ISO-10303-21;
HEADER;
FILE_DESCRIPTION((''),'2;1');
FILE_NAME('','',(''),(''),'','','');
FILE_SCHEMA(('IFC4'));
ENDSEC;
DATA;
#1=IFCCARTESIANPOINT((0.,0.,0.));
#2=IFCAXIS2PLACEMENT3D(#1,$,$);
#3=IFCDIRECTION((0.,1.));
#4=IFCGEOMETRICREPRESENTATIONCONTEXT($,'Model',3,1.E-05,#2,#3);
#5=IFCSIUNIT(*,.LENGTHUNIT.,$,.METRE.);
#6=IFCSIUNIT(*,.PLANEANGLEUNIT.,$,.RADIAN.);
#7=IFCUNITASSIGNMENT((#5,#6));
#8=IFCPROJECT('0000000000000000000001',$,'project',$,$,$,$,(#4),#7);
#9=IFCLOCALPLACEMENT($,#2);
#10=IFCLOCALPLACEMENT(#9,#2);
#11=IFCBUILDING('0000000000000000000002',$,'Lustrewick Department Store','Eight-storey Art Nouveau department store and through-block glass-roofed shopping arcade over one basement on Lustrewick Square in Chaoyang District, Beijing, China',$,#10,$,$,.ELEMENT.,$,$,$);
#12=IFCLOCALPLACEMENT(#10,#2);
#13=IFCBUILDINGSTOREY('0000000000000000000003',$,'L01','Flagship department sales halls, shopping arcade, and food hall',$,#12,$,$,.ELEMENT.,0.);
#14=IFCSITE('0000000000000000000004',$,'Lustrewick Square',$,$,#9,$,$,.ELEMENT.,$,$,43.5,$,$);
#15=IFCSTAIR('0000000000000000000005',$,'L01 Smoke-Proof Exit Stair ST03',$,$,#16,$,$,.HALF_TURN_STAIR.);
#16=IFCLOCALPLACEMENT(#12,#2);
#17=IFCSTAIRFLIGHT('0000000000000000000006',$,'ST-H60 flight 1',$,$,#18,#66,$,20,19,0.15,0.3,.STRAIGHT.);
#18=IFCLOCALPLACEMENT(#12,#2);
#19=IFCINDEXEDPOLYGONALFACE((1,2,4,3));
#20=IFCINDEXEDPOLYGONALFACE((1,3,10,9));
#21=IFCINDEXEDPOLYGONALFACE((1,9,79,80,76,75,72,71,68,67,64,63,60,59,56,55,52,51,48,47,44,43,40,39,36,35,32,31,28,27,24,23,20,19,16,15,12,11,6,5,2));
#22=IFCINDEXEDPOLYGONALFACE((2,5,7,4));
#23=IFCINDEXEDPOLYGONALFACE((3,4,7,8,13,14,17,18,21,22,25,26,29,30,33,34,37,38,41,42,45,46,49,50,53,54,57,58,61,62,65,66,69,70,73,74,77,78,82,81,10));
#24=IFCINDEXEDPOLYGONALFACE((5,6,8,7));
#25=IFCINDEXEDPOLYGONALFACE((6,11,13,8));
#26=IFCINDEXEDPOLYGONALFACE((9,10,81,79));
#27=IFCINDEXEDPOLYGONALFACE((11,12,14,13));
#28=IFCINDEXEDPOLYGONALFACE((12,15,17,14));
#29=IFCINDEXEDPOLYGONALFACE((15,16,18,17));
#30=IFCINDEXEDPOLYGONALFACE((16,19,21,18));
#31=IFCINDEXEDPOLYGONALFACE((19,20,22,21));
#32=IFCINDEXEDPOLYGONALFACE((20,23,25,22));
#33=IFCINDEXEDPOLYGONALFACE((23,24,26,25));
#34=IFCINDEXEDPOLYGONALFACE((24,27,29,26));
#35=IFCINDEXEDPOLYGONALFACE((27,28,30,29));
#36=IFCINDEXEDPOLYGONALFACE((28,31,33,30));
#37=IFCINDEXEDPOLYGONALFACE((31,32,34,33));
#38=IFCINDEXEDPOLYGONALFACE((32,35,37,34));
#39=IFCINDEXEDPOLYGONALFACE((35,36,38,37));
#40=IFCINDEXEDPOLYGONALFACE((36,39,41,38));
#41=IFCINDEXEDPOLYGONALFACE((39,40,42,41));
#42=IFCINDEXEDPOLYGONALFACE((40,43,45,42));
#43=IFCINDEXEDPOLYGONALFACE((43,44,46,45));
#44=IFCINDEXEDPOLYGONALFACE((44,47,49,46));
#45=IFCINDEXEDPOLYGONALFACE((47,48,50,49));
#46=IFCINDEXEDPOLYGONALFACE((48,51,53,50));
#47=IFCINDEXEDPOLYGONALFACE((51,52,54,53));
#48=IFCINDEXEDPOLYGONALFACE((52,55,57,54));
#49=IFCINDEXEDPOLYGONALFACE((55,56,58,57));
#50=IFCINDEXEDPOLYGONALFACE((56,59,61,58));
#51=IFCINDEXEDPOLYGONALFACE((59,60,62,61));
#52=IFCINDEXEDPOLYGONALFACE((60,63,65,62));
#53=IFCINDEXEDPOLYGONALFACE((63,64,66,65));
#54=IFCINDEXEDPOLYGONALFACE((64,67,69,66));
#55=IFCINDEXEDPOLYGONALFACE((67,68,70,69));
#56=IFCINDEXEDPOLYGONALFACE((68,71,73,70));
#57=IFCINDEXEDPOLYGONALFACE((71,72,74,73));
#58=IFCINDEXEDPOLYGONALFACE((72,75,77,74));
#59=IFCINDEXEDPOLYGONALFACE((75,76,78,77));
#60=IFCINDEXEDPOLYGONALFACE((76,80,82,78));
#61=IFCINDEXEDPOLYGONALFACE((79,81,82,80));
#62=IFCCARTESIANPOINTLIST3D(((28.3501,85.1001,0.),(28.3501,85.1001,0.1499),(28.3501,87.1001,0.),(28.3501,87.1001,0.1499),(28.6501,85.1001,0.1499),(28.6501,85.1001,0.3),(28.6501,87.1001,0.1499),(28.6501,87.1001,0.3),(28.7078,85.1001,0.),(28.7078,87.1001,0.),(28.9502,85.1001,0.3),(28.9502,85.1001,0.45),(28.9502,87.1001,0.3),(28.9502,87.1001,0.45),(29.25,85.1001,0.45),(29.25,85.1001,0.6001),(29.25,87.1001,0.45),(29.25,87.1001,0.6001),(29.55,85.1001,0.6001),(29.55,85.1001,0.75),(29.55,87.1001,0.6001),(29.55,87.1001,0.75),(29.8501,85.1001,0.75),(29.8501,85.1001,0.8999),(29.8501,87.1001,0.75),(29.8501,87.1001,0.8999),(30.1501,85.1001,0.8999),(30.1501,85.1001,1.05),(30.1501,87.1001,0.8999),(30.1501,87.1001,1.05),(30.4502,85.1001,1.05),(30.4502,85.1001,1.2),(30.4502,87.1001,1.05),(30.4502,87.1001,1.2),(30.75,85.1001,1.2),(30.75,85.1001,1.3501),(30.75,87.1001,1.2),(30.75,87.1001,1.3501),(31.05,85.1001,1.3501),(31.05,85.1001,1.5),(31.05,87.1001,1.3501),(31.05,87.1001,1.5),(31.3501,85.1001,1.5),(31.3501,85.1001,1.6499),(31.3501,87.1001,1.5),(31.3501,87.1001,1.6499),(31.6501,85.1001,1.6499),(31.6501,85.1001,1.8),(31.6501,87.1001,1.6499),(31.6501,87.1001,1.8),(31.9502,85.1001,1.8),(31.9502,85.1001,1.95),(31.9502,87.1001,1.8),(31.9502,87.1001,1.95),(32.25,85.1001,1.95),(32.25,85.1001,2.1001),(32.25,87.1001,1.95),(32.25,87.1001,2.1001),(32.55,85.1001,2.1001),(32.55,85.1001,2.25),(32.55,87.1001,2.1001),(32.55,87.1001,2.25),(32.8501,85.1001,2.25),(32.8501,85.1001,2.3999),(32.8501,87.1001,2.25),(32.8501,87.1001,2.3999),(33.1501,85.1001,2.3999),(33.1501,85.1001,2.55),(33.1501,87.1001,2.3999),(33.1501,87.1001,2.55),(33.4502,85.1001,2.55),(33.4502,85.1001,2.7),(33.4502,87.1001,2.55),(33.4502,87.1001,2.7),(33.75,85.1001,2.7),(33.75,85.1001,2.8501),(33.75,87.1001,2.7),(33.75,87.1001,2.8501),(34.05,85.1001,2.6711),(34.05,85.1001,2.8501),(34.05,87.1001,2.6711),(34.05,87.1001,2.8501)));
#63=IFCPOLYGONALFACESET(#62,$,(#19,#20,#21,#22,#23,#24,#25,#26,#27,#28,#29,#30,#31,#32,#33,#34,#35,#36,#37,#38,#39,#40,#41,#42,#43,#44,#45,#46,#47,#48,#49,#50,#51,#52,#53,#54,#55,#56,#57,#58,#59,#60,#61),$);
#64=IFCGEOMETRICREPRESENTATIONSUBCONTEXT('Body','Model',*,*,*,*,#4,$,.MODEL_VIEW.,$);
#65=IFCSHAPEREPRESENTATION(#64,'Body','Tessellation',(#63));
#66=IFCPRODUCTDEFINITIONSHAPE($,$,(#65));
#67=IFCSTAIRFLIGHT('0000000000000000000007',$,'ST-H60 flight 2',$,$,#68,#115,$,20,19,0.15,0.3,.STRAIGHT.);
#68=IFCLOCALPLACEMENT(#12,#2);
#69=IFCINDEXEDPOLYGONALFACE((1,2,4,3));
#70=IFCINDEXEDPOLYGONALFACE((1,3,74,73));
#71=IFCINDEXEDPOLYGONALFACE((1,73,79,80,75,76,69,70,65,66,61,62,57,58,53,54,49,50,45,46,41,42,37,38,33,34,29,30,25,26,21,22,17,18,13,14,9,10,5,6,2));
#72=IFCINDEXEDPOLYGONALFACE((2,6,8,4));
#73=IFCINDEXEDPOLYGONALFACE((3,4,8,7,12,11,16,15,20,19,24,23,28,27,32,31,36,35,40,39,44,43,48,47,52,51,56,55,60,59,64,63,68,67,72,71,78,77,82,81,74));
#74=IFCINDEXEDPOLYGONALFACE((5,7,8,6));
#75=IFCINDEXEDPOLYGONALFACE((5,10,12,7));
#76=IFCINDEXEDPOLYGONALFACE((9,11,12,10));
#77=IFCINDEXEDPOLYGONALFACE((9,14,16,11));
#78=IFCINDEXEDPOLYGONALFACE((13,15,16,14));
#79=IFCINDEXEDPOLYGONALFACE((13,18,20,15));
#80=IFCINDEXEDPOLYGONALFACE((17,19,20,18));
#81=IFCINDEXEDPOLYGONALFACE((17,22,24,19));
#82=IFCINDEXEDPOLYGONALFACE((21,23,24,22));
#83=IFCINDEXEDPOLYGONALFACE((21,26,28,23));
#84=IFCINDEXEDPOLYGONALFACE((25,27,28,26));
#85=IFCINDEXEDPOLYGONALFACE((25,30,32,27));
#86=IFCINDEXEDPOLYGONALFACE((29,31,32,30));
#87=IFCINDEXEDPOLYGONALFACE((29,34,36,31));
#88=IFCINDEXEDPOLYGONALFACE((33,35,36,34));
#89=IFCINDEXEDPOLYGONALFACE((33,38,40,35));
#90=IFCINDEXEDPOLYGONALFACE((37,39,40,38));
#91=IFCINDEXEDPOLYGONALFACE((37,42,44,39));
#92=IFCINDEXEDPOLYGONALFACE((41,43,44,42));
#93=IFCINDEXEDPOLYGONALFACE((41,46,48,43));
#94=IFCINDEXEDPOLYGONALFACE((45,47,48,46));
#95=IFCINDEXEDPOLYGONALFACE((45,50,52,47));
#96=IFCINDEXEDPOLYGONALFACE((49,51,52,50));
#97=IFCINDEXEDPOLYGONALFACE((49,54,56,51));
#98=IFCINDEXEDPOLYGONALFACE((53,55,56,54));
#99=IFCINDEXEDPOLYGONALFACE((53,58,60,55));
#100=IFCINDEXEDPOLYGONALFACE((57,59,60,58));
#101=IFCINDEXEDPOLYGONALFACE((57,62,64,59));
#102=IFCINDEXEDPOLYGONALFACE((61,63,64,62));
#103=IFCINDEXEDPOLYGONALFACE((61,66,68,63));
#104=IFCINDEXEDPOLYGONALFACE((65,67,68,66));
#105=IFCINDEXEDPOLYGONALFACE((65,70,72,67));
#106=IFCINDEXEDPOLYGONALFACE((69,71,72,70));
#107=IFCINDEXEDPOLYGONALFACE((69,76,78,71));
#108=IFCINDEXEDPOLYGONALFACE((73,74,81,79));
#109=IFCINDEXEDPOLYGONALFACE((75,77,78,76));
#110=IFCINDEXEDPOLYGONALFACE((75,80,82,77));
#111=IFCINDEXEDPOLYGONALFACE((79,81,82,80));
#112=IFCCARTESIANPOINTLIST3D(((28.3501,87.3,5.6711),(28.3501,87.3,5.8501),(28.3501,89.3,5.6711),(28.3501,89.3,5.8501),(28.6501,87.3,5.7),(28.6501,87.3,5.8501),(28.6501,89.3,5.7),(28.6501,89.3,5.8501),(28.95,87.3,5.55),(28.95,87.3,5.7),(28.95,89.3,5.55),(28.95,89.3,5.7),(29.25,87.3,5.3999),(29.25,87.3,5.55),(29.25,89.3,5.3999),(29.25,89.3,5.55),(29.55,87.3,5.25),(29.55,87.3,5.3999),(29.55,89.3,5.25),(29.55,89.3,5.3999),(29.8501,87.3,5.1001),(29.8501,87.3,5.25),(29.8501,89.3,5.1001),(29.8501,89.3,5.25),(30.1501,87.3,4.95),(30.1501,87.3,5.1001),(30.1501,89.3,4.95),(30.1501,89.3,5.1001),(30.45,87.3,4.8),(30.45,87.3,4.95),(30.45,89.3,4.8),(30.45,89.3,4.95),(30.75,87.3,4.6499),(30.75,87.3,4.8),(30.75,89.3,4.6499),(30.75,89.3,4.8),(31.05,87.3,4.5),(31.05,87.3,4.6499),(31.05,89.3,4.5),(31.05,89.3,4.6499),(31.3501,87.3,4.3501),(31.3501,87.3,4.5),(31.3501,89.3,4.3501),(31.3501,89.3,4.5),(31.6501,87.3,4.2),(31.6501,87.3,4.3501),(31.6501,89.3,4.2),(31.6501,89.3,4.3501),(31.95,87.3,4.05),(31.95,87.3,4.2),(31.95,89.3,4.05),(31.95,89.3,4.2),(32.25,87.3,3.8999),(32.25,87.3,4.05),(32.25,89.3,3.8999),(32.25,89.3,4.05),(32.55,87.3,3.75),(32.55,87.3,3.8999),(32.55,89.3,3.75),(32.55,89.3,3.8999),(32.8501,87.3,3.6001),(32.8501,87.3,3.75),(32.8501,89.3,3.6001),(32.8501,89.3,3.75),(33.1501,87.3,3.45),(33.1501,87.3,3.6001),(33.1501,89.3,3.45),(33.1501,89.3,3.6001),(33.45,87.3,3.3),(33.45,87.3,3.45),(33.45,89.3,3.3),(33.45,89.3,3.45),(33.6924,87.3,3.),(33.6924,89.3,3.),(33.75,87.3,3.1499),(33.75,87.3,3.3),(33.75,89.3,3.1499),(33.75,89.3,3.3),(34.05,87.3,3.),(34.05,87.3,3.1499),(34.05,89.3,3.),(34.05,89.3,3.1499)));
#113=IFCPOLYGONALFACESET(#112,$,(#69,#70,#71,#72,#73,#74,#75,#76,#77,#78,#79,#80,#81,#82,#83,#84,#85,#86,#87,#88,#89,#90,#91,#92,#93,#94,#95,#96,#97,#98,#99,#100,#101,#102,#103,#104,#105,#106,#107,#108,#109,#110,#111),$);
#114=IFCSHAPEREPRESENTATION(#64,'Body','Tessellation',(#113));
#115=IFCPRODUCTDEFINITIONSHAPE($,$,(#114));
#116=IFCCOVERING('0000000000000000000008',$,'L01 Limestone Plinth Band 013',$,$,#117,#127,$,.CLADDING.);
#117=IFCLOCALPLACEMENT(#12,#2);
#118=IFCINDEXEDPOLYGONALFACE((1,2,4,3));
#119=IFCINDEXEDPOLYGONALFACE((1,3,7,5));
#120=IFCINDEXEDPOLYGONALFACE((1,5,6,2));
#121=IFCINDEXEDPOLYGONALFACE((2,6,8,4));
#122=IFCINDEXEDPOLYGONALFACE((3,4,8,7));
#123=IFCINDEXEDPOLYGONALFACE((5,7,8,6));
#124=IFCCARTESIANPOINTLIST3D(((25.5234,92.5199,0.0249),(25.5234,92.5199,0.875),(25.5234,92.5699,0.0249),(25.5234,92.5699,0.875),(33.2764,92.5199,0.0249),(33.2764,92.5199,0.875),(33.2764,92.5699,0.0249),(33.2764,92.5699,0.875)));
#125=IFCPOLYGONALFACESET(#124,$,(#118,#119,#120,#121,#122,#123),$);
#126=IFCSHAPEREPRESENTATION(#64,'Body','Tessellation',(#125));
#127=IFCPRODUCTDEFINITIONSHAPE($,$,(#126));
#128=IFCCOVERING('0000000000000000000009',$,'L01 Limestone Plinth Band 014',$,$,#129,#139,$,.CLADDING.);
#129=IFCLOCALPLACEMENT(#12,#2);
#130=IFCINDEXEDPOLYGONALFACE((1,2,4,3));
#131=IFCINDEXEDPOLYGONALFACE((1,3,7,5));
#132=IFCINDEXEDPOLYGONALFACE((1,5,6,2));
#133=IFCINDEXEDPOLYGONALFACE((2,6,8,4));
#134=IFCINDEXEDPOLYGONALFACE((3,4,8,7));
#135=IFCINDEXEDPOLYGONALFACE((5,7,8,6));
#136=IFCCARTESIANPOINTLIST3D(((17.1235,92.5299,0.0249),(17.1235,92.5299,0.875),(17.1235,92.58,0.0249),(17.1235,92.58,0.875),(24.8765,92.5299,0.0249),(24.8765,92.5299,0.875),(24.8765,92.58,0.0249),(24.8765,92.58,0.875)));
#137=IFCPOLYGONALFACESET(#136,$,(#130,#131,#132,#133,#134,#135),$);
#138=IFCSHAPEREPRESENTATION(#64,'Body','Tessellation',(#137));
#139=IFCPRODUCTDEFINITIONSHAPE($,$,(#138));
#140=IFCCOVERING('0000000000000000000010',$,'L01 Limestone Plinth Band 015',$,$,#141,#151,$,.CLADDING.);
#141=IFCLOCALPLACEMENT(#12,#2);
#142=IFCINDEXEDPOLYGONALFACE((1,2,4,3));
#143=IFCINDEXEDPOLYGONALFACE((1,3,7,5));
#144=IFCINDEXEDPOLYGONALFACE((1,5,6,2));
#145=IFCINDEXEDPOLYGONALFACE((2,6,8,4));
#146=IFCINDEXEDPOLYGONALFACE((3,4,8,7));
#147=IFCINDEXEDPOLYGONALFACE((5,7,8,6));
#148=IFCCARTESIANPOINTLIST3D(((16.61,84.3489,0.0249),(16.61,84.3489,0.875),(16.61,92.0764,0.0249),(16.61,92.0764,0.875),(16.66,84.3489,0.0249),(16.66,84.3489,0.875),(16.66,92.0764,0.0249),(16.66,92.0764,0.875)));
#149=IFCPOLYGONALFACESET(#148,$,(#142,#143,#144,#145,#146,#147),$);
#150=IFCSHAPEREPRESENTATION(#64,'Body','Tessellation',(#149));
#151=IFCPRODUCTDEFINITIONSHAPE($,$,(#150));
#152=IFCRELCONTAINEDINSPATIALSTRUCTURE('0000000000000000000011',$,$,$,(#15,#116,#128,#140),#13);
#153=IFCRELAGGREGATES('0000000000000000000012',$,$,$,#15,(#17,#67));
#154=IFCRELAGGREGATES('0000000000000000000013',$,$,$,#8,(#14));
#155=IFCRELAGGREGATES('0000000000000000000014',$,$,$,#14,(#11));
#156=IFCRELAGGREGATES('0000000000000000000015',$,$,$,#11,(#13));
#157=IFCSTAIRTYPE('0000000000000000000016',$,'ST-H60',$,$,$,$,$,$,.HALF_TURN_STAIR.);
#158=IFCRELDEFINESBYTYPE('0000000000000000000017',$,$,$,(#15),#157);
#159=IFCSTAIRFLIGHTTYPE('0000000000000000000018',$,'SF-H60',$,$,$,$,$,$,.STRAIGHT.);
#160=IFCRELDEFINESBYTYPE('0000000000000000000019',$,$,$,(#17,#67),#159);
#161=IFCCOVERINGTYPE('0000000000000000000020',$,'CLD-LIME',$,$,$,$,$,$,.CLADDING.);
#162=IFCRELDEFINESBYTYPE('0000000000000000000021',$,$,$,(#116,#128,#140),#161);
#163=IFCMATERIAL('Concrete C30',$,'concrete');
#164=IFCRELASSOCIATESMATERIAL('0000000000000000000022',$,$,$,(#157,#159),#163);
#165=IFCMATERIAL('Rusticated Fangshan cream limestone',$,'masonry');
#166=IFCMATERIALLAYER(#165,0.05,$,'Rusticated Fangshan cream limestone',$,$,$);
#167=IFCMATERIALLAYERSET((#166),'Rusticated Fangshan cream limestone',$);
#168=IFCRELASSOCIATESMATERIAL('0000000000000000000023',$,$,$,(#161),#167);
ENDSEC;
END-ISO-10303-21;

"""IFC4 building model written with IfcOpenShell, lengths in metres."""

from ifc_helpers import new_model, si_unit, direction, frame, origin, origin_2d, place, context, subcontext, project, spatial, polyline, rectangle, outline, extrude, material, layer, layer_set, type_object, element, aggregate, save


model = new_model("IFC4")

# Units and contexts
model_context = context("Model", 3, precision=1e-05, world=origin(), true_north=direction((0.0, 1.0)))
body_context = subcontext(model_context, "Body", "Model", "MODEL_VIEW")
ifc_project = project(units=[si_unit("LENGTHUNIT", "METRE"), si_unit("PLANEANGLEUNIT", "RADIAN")], contexts=[model_context])

# Site, building, storey
site_placement = place(None, origin())
site = spatial("IfcSite", under=ifc_project, at=site_placement, Name="Lustrewick Square", CompositionType="ELEMENT", RefElevation=43.5)
building_placement = place(site_placement, origin())
building = spatial("IfcBuilding", under=site, at=building_placement, Name="Lustrewick Department Store", Description="Eight-storey Art Nouveau department store and through-block glass-roofed shopping arcade over one basement on Lustrewick Square in Chaoyang District, Beijing, China", CompositionType="ELEMENT")
storey_placement = place(building_placement, origin())
storey = spatial("IfcBuildingStorey", under=building, at=storey_placement, Name="L01", Description="Flagship department sales halls, shopping arcade, and food hall", CompositionType="ELEMENT", Elevation=0.0)

# Stair, stair flights
ifc_material_1 = material(Name="Concrete C30", Category="concrete")
stair_type = type_object("IfcStairType", Name="ST-H60", PredefinedType="HALF_TURN_STAIR", material=ifc_material_1)
stair_placement = place(storey_placement, origin())
stair = element("IfcStair", 1, at=stair_placement, inside=storey, type_object=stair_type, Name="L01 Smoke-Proof Exit Stair ST03", PredefinedType="HALF_TURN_STAIR")
stair_flight_type = type_object("IfcStairFlightType", Name="SF-H60", PredefinedType="STRAIGHT", material=ifc_material_1)
stair_flight_1_placement = place(storey_placement, frame((28.3501, 86.1001, 0.0), z_axis=(0.0, 0.0, 1.0), x_axis=(1.0, 0.0, 0.0)))
stair_flight_1 = element("IfcStairFlight", 2, at=stair_flight_1_placement, type_object=stair_flight_type, Name="ST-H60 flight 1", NumberOfRisers=20, NumberOfTreads=19, PredefinedType="STRAIGHT", RiserHeight=0.15, TreadLength=0.3, context=body_context, shape_type="SweptSolid", body=[
    extrude(outline(polyline([(0.0, 0.0), (0.0, 0.1499), (0.3, 0.1499), (0.3, 0.3), (0.6001, 0.3), (0.6001, 0.45), (0.8999, 0.45), (0.8999, 0.6001), (1.2, 0.6001), (1.2, 0.75), (1.5, 0.75), (1.5, 0.8999), (1.8, 0.8999), (1.8, 1.05), (2.1001, 1.05), (2.1001, 1.2), (2.3999, 1.2), (2.3999, 1.3501), (2.7, 1.3501), (2.7, 1.5), (3.0, 1.5), (3.0, 1.6499), (3.3, 1.6499), (3.3, 1.8), (3.6001, 1.8), (3.6001, 1.95), (3.8999, 1.95), (3.8999, 2.1001), (4.2, 2.1001), (4.2, 2.25), (4.5, 2.25), (4.5, 2.3999), (4.8, 2.3999), (4.8, 2.55), (5.1001, 2.55), (5.1001, 2.7), (5.3999, 2.7), (5.3999, 2.8501), (5.7, 2.8501), (5.7, 3.0), (5.7, 2.6711), (0.3577, 0.0), (0.0, 0.0)])), frame((0.0, 1.0, 0.0), z_axis=(0.0, -1.0, 0.0), x_axis=(1.0, 0.0, 0.0)), (0.0, 0.0, 1.0), 2.0),
])
stair_flight_2_placement = place(storey_placement, frame((34.05, 88.3, 3.0), z_axis=(0.0, 0.0, 1.0), x_axis=(-1.0, 0.0, 0.0)))
stair_flight_2 = element("IfcStairFlight", 3, at=stair_flight_2_placement, type_object=stair_flight_type, Name="ST-H60 flight 2", NumberOfRisers=20, NumberOfTreads=19, PredefinedType="STRAIGHT", RiserHeight=0.15, TreadLength=0.3, context=body_context, shape_type="SweptSolid", body=[
    extrude(outline(polyline([(0.0, 0.0), (0.0, 0.1499), (0.3, 0.1499), (0.3, 0.3), (0.6001, 0.3), (0.6001, 0.45), (0.8999, 0.45), (0.8999, 0.6001), (1.2, 0.6001), (1.2, 0.75), (1.5, 0.75), (1.5, 0.8999), (1.8, 0.8999), (1.8, 1.05), (2.1001, 1.05), (2.1001, 1.2), (2.3999, 1.2), (2.3999, 1.3501), (2.7, 1.3501), (2.7, 1.5), (3.0, 1.5), (3.0, 1.6499), (3.3, 1.6499), (3.3, 1.8), (3.6001, 1.8), (3.6001, 1.95), (3.8999, 1.95), (3.8999, 2.1001), (4.2, 2.1001), (4.2, 2.25), (4.5, 2.25), (4.5, 2.3999), (4.8, 2.3999), (4.8, 2.55), (5.1001, 2.55), (5.1001, 2.7), (5.3999, 2.7), (5.3999, 2.8501), (5.7, 2.8501), (5.7, 3.0), (5.7, 2.6711), (0.3577, 0.0), (0.0, 0.0)])), frame((0.0, 1.0, 0.0), z_axis=(0.0, -1.0, 0.0), x_axis=(1.0, 0.0, 0.0)), (0.0, 0.0, 1.0), 2.0),
])
aggregate(stair, [stair_flight_1, stair_flight_2])

# Coverings
ifc_material_2 = material(Name="Rusticated Fangshan cream limestone", Category="masonry")
ifc_layer_1 = layer(ifc_material_2, 0.05, Name="Rusticated Fangshan cream limestone")
ifc_layer_set_1 = layer_set([ifc_layer_1], Name="Rusticated Fangshan cream limestone")
covering_type = type_object("IfcCoveringType", Name="CLD-LIME", PredefinedType="CLADDING", material=ifc_layer_set_1)
for number, where, z_axis, x_axis, name in (
    (4, (29.3999, 92.5449, 0.0249), (0.0, 0.0, 1.0), (-1.0, 0.0, 0.0), "L01 Limestone Plinth Band 013"),
    (5, (21.0, 92.5549, 0.0249), (0.0, 0.0, 1.0), (-1.0, 0.0, 0.0), "L01 Limestone Plinth Band 014"),
):
    element("IfcCovering", number, at=place(storey_placement, frame(where, z_axis=z_axis, x_axis=x_axis)), inside=storey, type_object=covering_type, Name=name, PredefinedType="CLADDING", context=body_context, shape_type="SweptSolid", body=[
        extrude(rectangle(XDim=7.7529, YDim=0.05, at=origin_2d()), origin(), (0.0, 0.0, 1.0), 0.8501),
    ])
covering_placement = place(storey_placement, frame((16.635, 88.2126, 0.0249), z_axis=(0.0, 0.0, 1.0), x_axis=(0.0, -1.0, 0.0)))
element("IfcCovering", 6, at=covering_placement, inside=storey, type_object=covering_type, Name="L01 Limestone Plinth Band 015", PredefinedType="CLADDING", context=body_context, shape_type="SweptSolid", body=[
    extrude(rectangle(XDim=7.7275, YDim=0.05, at=origin_2d()), origin(), (0.0, 0.0, 1.0), 0.8501),
])

save(model, "model.ifc")
